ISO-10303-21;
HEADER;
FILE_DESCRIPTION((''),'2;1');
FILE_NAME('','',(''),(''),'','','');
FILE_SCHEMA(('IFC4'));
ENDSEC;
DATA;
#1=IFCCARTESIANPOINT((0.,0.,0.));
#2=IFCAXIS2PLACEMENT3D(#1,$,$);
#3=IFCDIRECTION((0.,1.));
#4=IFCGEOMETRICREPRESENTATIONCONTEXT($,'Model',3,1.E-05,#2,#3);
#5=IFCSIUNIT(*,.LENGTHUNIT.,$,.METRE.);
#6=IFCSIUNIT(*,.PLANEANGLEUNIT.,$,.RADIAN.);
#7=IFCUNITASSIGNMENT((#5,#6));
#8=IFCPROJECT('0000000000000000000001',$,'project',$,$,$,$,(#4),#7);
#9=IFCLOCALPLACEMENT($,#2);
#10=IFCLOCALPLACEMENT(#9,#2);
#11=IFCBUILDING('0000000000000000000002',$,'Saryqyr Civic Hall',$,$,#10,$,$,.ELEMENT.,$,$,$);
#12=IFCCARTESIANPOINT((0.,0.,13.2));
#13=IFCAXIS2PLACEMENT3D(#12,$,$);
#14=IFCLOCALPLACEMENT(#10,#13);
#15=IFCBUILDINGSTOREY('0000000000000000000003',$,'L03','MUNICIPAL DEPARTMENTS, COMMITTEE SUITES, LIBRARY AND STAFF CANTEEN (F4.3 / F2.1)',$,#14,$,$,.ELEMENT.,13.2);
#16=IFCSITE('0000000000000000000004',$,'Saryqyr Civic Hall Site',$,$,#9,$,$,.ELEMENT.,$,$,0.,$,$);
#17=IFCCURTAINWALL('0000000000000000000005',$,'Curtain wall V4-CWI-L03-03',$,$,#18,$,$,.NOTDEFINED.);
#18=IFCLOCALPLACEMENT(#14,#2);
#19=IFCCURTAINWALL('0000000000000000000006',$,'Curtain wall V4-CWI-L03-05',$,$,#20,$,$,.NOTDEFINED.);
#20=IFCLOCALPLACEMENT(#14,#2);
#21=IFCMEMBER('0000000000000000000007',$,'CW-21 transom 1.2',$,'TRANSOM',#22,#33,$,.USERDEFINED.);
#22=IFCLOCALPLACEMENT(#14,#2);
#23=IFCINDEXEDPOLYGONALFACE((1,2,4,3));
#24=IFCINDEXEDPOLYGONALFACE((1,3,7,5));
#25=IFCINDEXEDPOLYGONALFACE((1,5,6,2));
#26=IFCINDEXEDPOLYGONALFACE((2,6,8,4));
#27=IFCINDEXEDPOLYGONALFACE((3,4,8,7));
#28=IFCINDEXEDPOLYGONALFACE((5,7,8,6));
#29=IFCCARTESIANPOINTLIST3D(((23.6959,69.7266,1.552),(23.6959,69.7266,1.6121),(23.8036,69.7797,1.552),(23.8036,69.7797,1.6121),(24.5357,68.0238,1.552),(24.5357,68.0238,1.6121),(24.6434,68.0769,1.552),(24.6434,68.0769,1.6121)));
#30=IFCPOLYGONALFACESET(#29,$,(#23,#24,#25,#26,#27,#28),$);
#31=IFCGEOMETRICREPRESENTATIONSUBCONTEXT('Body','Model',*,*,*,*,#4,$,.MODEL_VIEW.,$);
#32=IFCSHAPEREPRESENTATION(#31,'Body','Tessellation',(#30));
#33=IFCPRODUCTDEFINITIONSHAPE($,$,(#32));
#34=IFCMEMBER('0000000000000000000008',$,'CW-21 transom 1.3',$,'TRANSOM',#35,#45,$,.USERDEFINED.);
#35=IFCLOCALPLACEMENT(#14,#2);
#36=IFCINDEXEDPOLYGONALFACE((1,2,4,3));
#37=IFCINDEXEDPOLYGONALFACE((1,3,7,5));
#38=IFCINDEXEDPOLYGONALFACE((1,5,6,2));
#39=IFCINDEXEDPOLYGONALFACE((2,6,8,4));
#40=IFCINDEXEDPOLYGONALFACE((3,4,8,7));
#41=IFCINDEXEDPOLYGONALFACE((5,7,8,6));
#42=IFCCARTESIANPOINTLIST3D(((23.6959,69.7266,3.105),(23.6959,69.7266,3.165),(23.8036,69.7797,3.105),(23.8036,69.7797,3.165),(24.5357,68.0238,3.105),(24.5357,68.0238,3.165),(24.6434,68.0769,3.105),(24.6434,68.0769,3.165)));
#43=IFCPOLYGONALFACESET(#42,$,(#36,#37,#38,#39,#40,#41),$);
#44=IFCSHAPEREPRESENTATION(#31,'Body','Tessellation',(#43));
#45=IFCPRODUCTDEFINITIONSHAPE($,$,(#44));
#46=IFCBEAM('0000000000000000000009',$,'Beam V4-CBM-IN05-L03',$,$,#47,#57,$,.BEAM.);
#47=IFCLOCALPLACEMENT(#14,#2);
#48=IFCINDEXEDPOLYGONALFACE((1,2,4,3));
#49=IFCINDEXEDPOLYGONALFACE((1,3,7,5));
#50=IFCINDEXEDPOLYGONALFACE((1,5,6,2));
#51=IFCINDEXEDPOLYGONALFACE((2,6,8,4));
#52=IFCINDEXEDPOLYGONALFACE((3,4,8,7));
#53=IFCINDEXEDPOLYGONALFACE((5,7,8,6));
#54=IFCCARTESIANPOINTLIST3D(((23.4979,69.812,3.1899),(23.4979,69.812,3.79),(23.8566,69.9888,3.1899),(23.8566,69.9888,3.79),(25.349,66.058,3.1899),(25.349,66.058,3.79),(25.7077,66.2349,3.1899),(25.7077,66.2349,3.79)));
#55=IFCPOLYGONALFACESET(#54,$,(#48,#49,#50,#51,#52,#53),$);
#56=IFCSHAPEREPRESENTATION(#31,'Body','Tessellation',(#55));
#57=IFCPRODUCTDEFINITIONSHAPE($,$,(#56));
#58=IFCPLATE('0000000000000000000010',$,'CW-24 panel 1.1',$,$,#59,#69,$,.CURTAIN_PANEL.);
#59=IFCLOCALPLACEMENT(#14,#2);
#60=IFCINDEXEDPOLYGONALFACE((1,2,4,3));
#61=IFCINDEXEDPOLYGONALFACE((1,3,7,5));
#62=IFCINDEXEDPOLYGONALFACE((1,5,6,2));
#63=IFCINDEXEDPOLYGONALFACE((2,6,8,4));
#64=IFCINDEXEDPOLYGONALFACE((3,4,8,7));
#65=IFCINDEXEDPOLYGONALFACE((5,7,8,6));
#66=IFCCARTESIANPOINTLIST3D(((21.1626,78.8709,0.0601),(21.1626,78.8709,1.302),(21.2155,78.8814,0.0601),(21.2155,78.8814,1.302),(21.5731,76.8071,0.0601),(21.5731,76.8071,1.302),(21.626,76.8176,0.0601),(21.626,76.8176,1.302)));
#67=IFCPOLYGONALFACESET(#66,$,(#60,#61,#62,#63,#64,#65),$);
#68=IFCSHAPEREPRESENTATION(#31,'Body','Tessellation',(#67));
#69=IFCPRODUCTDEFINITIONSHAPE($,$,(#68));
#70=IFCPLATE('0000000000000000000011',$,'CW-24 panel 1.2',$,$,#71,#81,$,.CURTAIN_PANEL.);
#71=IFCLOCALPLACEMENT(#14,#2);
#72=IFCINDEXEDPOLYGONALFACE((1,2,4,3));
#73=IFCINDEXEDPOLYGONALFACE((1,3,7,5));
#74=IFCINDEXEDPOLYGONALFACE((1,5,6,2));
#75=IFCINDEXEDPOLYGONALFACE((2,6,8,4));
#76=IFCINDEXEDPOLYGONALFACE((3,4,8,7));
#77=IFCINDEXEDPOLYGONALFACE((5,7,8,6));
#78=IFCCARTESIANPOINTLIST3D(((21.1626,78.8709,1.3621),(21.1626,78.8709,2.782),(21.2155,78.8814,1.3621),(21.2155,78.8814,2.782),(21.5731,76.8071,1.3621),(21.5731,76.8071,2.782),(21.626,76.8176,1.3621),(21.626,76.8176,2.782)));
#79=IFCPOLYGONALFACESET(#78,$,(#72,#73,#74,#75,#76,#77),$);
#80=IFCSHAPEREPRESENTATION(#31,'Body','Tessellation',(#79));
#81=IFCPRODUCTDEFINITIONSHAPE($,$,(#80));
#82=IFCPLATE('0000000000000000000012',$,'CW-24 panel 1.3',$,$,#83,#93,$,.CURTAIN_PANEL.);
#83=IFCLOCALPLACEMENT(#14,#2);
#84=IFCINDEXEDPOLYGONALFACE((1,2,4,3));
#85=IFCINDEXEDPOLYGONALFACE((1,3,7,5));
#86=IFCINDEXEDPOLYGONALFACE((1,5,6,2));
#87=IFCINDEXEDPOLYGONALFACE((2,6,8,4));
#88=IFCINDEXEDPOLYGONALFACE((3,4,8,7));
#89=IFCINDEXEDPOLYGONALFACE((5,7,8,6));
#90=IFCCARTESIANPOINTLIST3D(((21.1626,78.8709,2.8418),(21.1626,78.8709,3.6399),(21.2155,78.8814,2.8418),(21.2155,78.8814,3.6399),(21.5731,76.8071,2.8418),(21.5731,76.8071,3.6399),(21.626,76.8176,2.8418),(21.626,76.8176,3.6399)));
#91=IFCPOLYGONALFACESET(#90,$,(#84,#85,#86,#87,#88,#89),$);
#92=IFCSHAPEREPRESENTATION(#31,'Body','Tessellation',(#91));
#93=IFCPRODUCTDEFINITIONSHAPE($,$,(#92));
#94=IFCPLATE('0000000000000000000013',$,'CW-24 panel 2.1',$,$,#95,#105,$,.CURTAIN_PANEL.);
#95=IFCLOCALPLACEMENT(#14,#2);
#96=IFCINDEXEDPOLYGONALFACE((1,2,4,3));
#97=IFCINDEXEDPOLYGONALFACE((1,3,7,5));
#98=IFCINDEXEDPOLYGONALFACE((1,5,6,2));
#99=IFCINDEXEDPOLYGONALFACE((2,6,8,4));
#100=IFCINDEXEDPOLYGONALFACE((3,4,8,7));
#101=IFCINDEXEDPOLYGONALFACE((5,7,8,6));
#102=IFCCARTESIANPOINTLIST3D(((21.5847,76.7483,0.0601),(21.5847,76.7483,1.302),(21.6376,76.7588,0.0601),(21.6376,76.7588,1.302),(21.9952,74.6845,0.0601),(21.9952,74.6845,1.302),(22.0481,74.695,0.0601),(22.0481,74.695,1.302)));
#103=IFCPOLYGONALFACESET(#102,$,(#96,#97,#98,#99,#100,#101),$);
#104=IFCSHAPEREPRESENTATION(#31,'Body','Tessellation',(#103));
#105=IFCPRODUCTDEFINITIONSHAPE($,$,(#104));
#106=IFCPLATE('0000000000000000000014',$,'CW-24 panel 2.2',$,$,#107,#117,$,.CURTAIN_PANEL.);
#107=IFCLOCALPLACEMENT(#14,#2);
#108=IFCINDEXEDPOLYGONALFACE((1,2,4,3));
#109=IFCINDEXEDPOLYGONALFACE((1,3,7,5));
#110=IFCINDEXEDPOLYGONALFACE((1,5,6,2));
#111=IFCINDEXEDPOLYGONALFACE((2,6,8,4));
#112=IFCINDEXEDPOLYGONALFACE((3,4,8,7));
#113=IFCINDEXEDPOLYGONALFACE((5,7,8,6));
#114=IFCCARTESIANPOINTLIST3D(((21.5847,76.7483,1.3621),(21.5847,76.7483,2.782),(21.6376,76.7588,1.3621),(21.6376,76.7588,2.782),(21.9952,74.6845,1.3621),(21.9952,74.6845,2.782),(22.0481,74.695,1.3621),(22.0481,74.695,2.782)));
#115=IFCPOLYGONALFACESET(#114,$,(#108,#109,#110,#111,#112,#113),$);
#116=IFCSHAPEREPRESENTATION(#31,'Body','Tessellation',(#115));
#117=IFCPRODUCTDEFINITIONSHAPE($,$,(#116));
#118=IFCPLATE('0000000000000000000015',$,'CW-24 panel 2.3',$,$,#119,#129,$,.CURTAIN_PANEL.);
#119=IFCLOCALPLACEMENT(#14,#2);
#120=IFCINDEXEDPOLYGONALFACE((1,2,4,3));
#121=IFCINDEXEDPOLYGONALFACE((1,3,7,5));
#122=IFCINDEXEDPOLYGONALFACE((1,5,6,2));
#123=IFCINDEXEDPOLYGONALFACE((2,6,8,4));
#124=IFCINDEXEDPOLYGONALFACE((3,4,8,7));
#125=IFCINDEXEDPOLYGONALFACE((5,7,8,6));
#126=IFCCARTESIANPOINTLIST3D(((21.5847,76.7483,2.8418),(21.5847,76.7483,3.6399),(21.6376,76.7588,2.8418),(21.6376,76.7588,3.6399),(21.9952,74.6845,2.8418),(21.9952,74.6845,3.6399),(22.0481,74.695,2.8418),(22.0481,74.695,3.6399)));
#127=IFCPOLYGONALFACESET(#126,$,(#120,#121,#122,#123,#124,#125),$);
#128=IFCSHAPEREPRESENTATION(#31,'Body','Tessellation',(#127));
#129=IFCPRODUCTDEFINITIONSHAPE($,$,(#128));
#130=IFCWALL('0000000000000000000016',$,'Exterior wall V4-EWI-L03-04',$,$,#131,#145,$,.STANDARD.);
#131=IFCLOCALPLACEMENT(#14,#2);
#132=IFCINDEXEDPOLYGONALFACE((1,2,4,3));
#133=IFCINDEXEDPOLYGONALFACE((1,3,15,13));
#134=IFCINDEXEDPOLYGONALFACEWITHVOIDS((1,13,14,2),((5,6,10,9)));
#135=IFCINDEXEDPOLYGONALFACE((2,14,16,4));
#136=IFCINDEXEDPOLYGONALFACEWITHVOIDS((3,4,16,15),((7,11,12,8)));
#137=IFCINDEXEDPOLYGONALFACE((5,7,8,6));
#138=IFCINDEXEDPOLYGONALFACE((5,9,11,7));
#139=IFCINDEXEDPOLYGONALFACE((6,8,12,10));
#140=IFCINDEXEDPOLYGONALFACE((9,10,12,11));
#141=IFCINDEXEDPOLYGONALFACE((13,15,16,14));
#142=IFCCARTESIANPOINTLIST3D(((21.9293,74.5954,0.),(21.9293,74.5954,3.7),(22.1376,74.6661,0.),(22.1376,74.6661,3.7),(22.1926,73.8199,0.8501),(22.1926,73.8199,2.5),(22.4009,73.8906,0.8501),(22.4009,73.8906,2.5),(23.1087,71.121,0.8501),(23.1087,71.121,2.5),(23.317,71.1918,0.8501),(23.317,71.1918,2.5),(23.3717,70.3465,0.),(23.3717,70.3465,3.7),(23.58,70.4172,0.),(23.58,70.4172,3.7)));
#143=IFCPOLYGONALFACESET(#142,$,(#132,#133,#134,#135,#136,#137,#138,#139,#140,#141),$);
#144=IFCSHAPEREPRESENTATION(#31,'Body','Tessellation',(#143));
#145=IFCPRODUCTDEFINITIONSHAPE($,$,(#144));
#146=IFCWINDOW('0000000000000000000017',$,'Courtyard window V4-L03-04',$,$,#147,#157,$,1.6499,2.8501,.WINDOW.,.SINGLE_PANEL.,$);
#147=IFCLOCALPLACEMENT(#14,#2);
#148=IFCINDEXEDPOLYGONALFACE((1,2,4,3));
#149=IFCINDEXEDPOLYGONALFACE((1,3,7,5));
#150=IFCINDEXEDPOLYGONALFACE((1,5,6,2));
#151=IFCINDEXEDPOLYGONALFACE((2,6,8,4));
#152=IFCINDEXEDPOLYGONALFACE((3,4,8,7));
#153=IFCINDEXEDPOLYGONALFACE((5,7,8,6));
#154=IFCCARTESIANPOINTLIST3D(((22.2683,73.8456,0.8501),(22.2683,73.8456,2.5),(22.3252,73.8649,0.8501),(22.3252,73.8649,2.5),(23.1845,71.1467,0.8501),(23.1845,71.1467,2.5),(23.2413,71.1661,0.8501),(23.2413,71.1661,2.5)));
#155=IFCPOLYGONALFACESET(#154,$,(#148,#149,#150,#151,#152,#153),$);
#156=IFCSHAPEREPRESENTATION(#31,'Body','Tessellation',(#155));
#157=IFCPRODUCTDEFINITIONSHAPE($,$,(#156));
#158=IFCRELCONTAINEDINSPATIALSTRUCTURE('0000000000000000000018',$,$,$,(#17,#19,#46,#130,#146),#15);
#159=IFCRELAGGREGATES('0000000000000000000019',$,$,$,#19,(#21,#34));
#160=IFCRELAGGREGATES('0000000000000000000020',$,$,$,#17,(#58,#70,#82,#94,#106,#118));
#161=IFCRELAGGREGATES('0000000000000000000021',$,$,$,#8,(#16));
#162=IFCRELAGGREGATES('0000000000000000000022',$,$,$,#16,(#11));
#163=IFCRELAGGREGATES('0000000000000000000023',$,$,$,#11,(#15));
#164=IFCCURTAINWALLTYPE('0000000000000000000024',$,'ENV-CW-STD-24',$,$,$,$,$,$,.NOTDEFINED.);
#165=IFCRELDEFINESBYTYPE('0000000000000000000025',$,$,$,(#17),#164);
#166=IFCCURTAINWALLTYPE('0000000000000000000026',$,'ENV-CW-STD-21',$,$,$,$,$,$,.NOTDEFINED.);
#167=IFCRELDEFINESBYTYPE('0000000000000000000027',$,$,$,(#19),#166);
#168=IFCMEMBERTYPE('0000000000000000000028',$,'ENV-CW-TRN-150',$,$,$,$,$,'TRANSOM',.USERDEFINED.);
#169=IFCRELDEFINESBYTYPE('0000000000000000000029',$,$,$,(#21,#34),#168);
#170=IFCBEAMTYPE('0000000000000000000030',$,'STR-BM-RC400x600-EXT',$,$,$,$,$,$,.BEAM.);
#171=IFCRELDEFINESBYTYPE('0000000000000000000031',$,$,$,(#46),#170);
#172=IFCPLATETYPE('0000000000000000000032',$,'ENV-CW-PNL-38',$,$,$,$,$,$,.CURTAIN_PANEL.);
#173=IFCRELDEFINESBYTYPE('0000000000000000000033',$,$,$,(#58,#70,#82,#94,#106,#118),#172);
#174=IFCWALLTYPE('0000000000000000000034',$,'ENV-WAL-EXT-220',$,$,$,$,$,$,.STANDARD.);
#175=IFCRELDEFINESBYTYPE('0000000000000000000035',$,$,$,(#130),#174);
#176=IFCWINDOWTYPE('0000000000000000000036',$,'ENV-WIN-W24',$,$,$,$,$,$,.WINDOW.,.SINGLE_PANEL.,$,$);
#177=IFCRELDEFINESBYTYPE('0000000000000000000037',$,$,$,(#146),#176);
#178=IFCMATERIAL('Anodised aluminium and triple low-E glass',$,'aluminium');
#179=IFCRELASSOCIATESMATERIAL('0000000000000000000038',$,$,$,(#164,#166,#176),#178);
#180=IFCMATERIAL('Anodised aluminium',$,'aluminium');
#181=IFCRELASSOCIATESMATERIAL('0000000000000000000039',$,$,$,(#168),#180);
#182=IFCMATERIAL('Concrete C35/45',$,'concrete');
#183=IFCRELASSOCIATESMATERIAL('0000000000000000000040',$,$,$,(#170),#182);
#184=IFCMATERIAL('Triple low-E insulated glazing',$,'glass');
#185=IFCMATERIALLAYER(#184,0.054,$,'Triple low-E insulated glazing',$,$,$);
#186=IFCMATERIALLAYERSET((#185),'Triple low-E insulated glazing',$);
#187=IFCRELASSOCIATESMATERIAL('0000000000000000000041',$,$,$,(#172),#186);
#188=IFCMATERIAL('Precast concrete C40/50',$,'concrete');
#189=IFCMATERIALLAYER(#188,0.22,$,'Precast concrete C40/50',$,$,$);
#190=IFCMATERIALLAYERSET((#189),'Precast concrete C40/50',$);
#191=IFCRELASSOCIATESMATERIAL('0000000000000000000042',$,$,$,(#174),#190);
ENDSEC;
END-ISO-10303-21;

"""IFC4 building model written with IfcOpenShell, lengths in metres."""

from ifc_helpers import new_model, si_unit, direction, frame, frame_2d, origin, origin_2d, place, context, subcontext, project, spatial, rectangle, extrude, material, layer, layer_set, material_profile, profile_set, type_object, element, fill, aggregate, save


model = new_model("IFC4")

# Units and contexts
model_context = context("Model", 3, precision=1e-05, world=origin(), true_north=direction((0.0, 1.0)))
body_context = subcontext(model_context, "Body", "Model", "MODEL_VIEW")
ifc_project = project(units=[si_unit("LENGTHUNIT", "METRE"), si_unit("PLANEANGLEUNIT", "RADIAN")], contexts=[model_context])

# Site, building, storey
site_placement = place(None, origin())
site = spatial("IfcSite", under=ifc_project, at=site_placement, Name="Saryqyr Civic Hall Site", CompositionType="ELEMENT", RefElevation=0.0)
building_placement = place(site_placement, origin())
building = spatial("IfcBuilding", under=site, at=building_placement, Name="Saryqyr Civic Hall", CompositionType="ELEMENT")
storey_placement = place(building_placement, frame((0.0, 0.0, 13.2)))
storey = spatial("IfcBuildingStorey", under=building, at=storey_placement, Name="L03", Description="MUNICIPAL DEPARTMENTS, COMMITTEE SUITES, LIBRARY AND STAFF CANTEEN (F4.3 / F2.1)", CompositionType="ELEMENT", Elevation=13.2)

# Curtain wall
ifc_material_1 = material(Name="Anodised aluminium and triple low-E glass", Category="aluminium")
curtain_wall_type_1 = type_object("IfcCurtainWallType", Name="ENV-CW-STD-24", PredefinedType="NOTDEFINED", material=ifc_material_1)
curtain_wall_1_placement = place(storey_placement, origin())
curtain_wall_1 = element("IfcCurtainWall", 1, at=curtain_wall_1_placement, inside=storey, type_object=curtain_wall_type_1, Name="Curtain wall V4-CWI-L03-03", PredefinedType="NOTDEFINED")
ifc_material_2 = material(Name="Anodised aluminium", Category="aluminium")

# Curtain wall
curtain_wall_type_2 = type_object("IfcCurtainWallType", Name="ENV-CW-STD-21", PredefinedType="NOTDEFINED", material=ifc_material_1)
curtain_wall_2_placement = place(storey_placement, origin())
curtain_wall_2 = element("IfcCurtainWall", 2, at=curtain_wall_2_placement, inside=storey, type_object=curtain_wall_type_2, Name="Curtain wall V4-CWI-L03-05", PredefinedType="NOTDEFINED")

# Members
ifc_material_profile_1 = material_profile(ifc_material_2, rectangle(XDim=0.1201, YDim=0.0601, at=origin_2d()), Name="ALU TRANSOM 120x60")
ifc_profile_set_1 = profile_set([ifc_material_profile_1], Name="Anodised aluminium")
member_type_1 = type_object("IfcMemberType", Name="ENV-CW-TRN-150", ElementType="TRANSOM", PredefinedType="USERDEFINED", material=ifc_profile_set_1)
member_1_placement = place(storey_placement, frame((23.7498, 69.7532, 1.582), z_axis=(0.442321, -0.896857, 0.0), x_axis=(0.896857, 0.442321, 0.0)))
member_1 = element("IfcMember", 3, at=member_1_placement, type_object=member_type_1, Name="CW-21 transom 1.2", ObjectType="TRANSOM", PredefinedType="USERDEFINED", context=body_context, shape_type="SweptSolid", body=[
    extrude(rectangle(XDim=0.1201, YDim=0.0601, at=origin_2d()), origin(), (0.0, 0.0, 1.0), 1.8987),
])
member_2_placement = place(storey_placement, frame((23.7498, 69.7532, 3.135), z_axis=(0.442321, -0.896857, 0.0), x_axis=(0.896857, 0.442321, 0.0)))
member_2 = element("IfcMember", 4, at=member_2_placement, type_object=member_type_1, Name="CW-21 transom 1.3", ObjectType="TRANSOM", PredefinedType="USERDEFINED", context=body_context, shape_type="SweptSolid", body=[
    extrude(rectangle(XDim=0.1201, YDim=0.0601, at=origin_2d()), origin(), (0.0, 0.0, 1.0), 1.8987),
])
aggregate(curtain_wall_2, [member_1, member_2])

# Beam
ifc_material_3 = material(Name="Concrete C35/45", Category="concrete")
ifc_material_profile_2 = material_profile(ifc_material_3, rectangle(XDim=0.3999, YDim=0.6001, at=origin_2d()), Name="RC 400x600")
ifc_profile_set_2 = profile_set([ifc_material_profile_2], Name="Concrete C35/45")
beam_type = type_object("IfcBeamType", Name="STR-BM-RC400x600-EXT", PredefinedType="BEAM", material=ifc_profile_set_2)
beam_placement = place(storey_placement, frame((23.6772, 69.9004, 3.49), z_axis=(0.44226, -0.896887, 0.0), x_axis=(0.896887, 0.44226, 0.0)))
element("IfcBeam", 5, at=beam_placement, inside=storey, type_object=beam_type, Name="Beam V4-CBM-IN05-L03", PredefinedType="BEAM", context=body_context, shape_type="SweptSolid", body=[
    extrude(rectangle(XDim=0.3999, YDim=0.6001, at=origin_2d()), origin(), (0.0, 0.0, 1.0), 4.1855),
])

# Plates
ifc_material_4 = material(Name="Triple low-E insulated glazing", Category="glass")
ifc_layer_1 = layer(ifc_material_4, 0.054, Name="Triple low-E insulated glazing")
ifc_layer_set_1 = layer_set([ifc_layer_1], Name="Triple low-E insulated glazing")
plate_type = type_object("IfcPlateType", Name="ENV-CW-PNL-38", PredefinedType="CURTAIN_PANEL", material=ifc_layer_set_1)
plate_1_placement = place(storey_placement, frame((21.3943, 77.8442, 0.0601), z_axis=(0.0, 0.0, 1.0), x_axis=(0.195099, -0.980783, 0.0)))
plate_1 = element("IfcPlate", 6, at=plate_1_placement, type_object=plate_type, Name="CW-24 panel 1.1", PredefinedType="CURTAIN_PANEL", context=body_context, shape_type="SweptSolid", body=[
    extrude(rectangle(XDim=2.1042, YDim=0.054, at=origin_2d()), origin(), (0.0, 0.0, 1.0), 1.2419),
])
plate_2_placement = place(storey_placement, frame((21.3943, 77.8442, 1.3621), z_axis=(0.0, 0.0, 1.0), x_axis=(0.195099, -0.980783, 0.0)))
plate_2 = element("IfcPlate", 7, at=plate_2_placement, type_object=plate_type, Name="CW-24 panel 1.2", PredefinedType="CURTAIN_PANEL", context=body_context, shape_type="SweptSolid", body=[
    extrude(rectangle(XDim=2.1042, YDim=0.054, at=origin_2d()), origin(), (0.0, 0.0, 1.0), 1.4199),
])
plate_3_placement = place(storey_placement, frame((21.3943, 77.8442, 2.8418), z_axis=(0.0, 0.0, 1.0), x_axis=(0.195099, -0.980783, 0.0)))
plate_3 = element("IfcPlate", 8, at=plate_3_placement, type_object=plate_type, Name="CW-24 panel 1.3", PredefinedType="CURTAIN_PANEL", context=body_context, shape_type="SweptSolid", body=[
    extrude(rectangle(XDim=2.1042, YDim=0.054, at=origin_2d()), origin(), (0.0, 0.0, 1.0), 0.7981),
])
plate_4_placement = place(storey_placement, frame((21.8164, 75.7217, 0.0601), z_axis=(0.0, 0.0, 1.0), x_axis=(0.195099, -0.980783, 0.0)))
plate_4 = element("IfcPlate", 9, at=plate_4_placement, type_object=plate_type, Name="CW-24 panel 2.1", PredefinedType="CURTAIN_PANEL", context=body_context, shape_type="SweptSolid", body=[
    extrude(rectangle(XDim=2.1042, YDim=0.054, at=origin_2d()), origin(), (0.0, 0.0, 1.0), 1.2419),
])
plate_5_placement = place(storey_placement, frame((21.8164, 75.7217, 1.3621), z_axis=(0.0, 0.0, 1.0), x_axis=(0.195099, -0.980783, 0.0)))
plate_5 = element("IfcPlate", 10, at=plate_5_placement, type_object=plate_type, Name="CW-24 panel 2.2", PredefinedType="CURTAIN_PANEL", context=body_context, shape_type="SweptSolid", body=[
    extrude(rectangle(XDim=2.1042, YDim=0.054, at=origin_2d()), origin(), (0.0, 0.0, 1.0), 1.4199),
])
plate_6_placement = place(storey_placement, frame((21.8164, 75.7217, 2.8418), z_axis=(0.0, 0.0, 1.0), x_axis=(0.195099, -0.980783, 0.0)))
plate_6 = element("IfcPlate", 11, at=plate_6_placement, type_object=plate_type, Name="CW-24 panel 2.3", PredefinedType="CURTAIN_PANEL", context=body_context, shape_type="SweptSolid", body=[
    extrude(rectangle(XDim=2.1042, YDim=0.054, at=origin_2d()), origin(), (0.0, 0.0, 1.0), 0.7981),
])
aggregate(curtain_wall_1, [plate_1, plate_2, plate_3, plate_4, plate_5, plate_6])

# Wall, opening, window
ifc_material_5 = material(Name="Precast concrete C40/50", Category="concrete")
ifc_layer_2 = layer(ifc_material_5, 0.22, Name="Precast concrete C40/50")
ifc_layer_set_2 = layer_set([ifc_layer_2], Name="Precast concrete C40/50")
wall_type = type_object("IfcWallType", Name="ENV-WAL-EXT-220", PredefinedType="STANDARD", material=ifc_layer_set_2)
wall_placement = place(storey_placement, frame((22.0334, 74.6309, 0.0), z_axis=(0.0, 0.0, 1.0), x_axis=(0.321446, -0.946928, 0.0)))
wall = element("IfcWall", 12, at=wall_placement, inside=storey, type_object=wall_type, Name="Exterior wall V4-EWI-L03-04", PredefinedType="STANDARD", context=body_context, shape_type="SweptSolid", body=[
    extrude(rectangle(XDim=4.4871, YDim=0.22, at=frame_2d((2.2437, 0.0))), origin(), (0.0, 0.0, 1.0), 3.7),
])
opening_placement = place(wall_placement, frame((0.8191, 0.0, 0.8501)))
opening = element("IfcOpeningElement", 13, at=opening_placement, cuts=wall, PredefinedType="OPENING", context=body_context, shape_type="SweptSolid", body=[
    extrude(rectangle(XDim=2.8501, YDim=1.6499, at=frame_2d((1.425, 0.825))), frame((0.0, 0.1199, 0.0), z_axis=(0.0, -1.0, 0.0), x_axis=(1.0, 0.0, 0.0)), (0.0, 0.0, 1.0), 0.24),
])
window_type = type_object("IfcWindowType", Name="ENV-WIN-W24", PartitioningType="SINGLE_PANEL", PredefinedType="WINDOW", material=ifc_material_1)
window_placement = place(opening_placement, origin())
window = element("IfcWindow", 14, at=window_placement, inside=storey, type_object=window_type, Name="Courtyard window V4-L03-04", OverallHeight=1.6499, OverallWidth=2.8501, PartitioningType="SINGLE_PANEL", PredefinedType="WINDOW", context=body_context, shape_type="SweptSolid", body=[
    extrude(rectangle(XDim=2.8501, YDim=1.6499, at=frame_2d((1.425, 0.825))), frame((0.0, 0.03, 0.0), z_axis=(0.0, -1.0, 0.0), x_axis=(1.0, 0.0, 0.0)), (0.0, 0.0, 1.0), 0.0601),
])
fill(opening, window)

save(model, "model.ifc")
